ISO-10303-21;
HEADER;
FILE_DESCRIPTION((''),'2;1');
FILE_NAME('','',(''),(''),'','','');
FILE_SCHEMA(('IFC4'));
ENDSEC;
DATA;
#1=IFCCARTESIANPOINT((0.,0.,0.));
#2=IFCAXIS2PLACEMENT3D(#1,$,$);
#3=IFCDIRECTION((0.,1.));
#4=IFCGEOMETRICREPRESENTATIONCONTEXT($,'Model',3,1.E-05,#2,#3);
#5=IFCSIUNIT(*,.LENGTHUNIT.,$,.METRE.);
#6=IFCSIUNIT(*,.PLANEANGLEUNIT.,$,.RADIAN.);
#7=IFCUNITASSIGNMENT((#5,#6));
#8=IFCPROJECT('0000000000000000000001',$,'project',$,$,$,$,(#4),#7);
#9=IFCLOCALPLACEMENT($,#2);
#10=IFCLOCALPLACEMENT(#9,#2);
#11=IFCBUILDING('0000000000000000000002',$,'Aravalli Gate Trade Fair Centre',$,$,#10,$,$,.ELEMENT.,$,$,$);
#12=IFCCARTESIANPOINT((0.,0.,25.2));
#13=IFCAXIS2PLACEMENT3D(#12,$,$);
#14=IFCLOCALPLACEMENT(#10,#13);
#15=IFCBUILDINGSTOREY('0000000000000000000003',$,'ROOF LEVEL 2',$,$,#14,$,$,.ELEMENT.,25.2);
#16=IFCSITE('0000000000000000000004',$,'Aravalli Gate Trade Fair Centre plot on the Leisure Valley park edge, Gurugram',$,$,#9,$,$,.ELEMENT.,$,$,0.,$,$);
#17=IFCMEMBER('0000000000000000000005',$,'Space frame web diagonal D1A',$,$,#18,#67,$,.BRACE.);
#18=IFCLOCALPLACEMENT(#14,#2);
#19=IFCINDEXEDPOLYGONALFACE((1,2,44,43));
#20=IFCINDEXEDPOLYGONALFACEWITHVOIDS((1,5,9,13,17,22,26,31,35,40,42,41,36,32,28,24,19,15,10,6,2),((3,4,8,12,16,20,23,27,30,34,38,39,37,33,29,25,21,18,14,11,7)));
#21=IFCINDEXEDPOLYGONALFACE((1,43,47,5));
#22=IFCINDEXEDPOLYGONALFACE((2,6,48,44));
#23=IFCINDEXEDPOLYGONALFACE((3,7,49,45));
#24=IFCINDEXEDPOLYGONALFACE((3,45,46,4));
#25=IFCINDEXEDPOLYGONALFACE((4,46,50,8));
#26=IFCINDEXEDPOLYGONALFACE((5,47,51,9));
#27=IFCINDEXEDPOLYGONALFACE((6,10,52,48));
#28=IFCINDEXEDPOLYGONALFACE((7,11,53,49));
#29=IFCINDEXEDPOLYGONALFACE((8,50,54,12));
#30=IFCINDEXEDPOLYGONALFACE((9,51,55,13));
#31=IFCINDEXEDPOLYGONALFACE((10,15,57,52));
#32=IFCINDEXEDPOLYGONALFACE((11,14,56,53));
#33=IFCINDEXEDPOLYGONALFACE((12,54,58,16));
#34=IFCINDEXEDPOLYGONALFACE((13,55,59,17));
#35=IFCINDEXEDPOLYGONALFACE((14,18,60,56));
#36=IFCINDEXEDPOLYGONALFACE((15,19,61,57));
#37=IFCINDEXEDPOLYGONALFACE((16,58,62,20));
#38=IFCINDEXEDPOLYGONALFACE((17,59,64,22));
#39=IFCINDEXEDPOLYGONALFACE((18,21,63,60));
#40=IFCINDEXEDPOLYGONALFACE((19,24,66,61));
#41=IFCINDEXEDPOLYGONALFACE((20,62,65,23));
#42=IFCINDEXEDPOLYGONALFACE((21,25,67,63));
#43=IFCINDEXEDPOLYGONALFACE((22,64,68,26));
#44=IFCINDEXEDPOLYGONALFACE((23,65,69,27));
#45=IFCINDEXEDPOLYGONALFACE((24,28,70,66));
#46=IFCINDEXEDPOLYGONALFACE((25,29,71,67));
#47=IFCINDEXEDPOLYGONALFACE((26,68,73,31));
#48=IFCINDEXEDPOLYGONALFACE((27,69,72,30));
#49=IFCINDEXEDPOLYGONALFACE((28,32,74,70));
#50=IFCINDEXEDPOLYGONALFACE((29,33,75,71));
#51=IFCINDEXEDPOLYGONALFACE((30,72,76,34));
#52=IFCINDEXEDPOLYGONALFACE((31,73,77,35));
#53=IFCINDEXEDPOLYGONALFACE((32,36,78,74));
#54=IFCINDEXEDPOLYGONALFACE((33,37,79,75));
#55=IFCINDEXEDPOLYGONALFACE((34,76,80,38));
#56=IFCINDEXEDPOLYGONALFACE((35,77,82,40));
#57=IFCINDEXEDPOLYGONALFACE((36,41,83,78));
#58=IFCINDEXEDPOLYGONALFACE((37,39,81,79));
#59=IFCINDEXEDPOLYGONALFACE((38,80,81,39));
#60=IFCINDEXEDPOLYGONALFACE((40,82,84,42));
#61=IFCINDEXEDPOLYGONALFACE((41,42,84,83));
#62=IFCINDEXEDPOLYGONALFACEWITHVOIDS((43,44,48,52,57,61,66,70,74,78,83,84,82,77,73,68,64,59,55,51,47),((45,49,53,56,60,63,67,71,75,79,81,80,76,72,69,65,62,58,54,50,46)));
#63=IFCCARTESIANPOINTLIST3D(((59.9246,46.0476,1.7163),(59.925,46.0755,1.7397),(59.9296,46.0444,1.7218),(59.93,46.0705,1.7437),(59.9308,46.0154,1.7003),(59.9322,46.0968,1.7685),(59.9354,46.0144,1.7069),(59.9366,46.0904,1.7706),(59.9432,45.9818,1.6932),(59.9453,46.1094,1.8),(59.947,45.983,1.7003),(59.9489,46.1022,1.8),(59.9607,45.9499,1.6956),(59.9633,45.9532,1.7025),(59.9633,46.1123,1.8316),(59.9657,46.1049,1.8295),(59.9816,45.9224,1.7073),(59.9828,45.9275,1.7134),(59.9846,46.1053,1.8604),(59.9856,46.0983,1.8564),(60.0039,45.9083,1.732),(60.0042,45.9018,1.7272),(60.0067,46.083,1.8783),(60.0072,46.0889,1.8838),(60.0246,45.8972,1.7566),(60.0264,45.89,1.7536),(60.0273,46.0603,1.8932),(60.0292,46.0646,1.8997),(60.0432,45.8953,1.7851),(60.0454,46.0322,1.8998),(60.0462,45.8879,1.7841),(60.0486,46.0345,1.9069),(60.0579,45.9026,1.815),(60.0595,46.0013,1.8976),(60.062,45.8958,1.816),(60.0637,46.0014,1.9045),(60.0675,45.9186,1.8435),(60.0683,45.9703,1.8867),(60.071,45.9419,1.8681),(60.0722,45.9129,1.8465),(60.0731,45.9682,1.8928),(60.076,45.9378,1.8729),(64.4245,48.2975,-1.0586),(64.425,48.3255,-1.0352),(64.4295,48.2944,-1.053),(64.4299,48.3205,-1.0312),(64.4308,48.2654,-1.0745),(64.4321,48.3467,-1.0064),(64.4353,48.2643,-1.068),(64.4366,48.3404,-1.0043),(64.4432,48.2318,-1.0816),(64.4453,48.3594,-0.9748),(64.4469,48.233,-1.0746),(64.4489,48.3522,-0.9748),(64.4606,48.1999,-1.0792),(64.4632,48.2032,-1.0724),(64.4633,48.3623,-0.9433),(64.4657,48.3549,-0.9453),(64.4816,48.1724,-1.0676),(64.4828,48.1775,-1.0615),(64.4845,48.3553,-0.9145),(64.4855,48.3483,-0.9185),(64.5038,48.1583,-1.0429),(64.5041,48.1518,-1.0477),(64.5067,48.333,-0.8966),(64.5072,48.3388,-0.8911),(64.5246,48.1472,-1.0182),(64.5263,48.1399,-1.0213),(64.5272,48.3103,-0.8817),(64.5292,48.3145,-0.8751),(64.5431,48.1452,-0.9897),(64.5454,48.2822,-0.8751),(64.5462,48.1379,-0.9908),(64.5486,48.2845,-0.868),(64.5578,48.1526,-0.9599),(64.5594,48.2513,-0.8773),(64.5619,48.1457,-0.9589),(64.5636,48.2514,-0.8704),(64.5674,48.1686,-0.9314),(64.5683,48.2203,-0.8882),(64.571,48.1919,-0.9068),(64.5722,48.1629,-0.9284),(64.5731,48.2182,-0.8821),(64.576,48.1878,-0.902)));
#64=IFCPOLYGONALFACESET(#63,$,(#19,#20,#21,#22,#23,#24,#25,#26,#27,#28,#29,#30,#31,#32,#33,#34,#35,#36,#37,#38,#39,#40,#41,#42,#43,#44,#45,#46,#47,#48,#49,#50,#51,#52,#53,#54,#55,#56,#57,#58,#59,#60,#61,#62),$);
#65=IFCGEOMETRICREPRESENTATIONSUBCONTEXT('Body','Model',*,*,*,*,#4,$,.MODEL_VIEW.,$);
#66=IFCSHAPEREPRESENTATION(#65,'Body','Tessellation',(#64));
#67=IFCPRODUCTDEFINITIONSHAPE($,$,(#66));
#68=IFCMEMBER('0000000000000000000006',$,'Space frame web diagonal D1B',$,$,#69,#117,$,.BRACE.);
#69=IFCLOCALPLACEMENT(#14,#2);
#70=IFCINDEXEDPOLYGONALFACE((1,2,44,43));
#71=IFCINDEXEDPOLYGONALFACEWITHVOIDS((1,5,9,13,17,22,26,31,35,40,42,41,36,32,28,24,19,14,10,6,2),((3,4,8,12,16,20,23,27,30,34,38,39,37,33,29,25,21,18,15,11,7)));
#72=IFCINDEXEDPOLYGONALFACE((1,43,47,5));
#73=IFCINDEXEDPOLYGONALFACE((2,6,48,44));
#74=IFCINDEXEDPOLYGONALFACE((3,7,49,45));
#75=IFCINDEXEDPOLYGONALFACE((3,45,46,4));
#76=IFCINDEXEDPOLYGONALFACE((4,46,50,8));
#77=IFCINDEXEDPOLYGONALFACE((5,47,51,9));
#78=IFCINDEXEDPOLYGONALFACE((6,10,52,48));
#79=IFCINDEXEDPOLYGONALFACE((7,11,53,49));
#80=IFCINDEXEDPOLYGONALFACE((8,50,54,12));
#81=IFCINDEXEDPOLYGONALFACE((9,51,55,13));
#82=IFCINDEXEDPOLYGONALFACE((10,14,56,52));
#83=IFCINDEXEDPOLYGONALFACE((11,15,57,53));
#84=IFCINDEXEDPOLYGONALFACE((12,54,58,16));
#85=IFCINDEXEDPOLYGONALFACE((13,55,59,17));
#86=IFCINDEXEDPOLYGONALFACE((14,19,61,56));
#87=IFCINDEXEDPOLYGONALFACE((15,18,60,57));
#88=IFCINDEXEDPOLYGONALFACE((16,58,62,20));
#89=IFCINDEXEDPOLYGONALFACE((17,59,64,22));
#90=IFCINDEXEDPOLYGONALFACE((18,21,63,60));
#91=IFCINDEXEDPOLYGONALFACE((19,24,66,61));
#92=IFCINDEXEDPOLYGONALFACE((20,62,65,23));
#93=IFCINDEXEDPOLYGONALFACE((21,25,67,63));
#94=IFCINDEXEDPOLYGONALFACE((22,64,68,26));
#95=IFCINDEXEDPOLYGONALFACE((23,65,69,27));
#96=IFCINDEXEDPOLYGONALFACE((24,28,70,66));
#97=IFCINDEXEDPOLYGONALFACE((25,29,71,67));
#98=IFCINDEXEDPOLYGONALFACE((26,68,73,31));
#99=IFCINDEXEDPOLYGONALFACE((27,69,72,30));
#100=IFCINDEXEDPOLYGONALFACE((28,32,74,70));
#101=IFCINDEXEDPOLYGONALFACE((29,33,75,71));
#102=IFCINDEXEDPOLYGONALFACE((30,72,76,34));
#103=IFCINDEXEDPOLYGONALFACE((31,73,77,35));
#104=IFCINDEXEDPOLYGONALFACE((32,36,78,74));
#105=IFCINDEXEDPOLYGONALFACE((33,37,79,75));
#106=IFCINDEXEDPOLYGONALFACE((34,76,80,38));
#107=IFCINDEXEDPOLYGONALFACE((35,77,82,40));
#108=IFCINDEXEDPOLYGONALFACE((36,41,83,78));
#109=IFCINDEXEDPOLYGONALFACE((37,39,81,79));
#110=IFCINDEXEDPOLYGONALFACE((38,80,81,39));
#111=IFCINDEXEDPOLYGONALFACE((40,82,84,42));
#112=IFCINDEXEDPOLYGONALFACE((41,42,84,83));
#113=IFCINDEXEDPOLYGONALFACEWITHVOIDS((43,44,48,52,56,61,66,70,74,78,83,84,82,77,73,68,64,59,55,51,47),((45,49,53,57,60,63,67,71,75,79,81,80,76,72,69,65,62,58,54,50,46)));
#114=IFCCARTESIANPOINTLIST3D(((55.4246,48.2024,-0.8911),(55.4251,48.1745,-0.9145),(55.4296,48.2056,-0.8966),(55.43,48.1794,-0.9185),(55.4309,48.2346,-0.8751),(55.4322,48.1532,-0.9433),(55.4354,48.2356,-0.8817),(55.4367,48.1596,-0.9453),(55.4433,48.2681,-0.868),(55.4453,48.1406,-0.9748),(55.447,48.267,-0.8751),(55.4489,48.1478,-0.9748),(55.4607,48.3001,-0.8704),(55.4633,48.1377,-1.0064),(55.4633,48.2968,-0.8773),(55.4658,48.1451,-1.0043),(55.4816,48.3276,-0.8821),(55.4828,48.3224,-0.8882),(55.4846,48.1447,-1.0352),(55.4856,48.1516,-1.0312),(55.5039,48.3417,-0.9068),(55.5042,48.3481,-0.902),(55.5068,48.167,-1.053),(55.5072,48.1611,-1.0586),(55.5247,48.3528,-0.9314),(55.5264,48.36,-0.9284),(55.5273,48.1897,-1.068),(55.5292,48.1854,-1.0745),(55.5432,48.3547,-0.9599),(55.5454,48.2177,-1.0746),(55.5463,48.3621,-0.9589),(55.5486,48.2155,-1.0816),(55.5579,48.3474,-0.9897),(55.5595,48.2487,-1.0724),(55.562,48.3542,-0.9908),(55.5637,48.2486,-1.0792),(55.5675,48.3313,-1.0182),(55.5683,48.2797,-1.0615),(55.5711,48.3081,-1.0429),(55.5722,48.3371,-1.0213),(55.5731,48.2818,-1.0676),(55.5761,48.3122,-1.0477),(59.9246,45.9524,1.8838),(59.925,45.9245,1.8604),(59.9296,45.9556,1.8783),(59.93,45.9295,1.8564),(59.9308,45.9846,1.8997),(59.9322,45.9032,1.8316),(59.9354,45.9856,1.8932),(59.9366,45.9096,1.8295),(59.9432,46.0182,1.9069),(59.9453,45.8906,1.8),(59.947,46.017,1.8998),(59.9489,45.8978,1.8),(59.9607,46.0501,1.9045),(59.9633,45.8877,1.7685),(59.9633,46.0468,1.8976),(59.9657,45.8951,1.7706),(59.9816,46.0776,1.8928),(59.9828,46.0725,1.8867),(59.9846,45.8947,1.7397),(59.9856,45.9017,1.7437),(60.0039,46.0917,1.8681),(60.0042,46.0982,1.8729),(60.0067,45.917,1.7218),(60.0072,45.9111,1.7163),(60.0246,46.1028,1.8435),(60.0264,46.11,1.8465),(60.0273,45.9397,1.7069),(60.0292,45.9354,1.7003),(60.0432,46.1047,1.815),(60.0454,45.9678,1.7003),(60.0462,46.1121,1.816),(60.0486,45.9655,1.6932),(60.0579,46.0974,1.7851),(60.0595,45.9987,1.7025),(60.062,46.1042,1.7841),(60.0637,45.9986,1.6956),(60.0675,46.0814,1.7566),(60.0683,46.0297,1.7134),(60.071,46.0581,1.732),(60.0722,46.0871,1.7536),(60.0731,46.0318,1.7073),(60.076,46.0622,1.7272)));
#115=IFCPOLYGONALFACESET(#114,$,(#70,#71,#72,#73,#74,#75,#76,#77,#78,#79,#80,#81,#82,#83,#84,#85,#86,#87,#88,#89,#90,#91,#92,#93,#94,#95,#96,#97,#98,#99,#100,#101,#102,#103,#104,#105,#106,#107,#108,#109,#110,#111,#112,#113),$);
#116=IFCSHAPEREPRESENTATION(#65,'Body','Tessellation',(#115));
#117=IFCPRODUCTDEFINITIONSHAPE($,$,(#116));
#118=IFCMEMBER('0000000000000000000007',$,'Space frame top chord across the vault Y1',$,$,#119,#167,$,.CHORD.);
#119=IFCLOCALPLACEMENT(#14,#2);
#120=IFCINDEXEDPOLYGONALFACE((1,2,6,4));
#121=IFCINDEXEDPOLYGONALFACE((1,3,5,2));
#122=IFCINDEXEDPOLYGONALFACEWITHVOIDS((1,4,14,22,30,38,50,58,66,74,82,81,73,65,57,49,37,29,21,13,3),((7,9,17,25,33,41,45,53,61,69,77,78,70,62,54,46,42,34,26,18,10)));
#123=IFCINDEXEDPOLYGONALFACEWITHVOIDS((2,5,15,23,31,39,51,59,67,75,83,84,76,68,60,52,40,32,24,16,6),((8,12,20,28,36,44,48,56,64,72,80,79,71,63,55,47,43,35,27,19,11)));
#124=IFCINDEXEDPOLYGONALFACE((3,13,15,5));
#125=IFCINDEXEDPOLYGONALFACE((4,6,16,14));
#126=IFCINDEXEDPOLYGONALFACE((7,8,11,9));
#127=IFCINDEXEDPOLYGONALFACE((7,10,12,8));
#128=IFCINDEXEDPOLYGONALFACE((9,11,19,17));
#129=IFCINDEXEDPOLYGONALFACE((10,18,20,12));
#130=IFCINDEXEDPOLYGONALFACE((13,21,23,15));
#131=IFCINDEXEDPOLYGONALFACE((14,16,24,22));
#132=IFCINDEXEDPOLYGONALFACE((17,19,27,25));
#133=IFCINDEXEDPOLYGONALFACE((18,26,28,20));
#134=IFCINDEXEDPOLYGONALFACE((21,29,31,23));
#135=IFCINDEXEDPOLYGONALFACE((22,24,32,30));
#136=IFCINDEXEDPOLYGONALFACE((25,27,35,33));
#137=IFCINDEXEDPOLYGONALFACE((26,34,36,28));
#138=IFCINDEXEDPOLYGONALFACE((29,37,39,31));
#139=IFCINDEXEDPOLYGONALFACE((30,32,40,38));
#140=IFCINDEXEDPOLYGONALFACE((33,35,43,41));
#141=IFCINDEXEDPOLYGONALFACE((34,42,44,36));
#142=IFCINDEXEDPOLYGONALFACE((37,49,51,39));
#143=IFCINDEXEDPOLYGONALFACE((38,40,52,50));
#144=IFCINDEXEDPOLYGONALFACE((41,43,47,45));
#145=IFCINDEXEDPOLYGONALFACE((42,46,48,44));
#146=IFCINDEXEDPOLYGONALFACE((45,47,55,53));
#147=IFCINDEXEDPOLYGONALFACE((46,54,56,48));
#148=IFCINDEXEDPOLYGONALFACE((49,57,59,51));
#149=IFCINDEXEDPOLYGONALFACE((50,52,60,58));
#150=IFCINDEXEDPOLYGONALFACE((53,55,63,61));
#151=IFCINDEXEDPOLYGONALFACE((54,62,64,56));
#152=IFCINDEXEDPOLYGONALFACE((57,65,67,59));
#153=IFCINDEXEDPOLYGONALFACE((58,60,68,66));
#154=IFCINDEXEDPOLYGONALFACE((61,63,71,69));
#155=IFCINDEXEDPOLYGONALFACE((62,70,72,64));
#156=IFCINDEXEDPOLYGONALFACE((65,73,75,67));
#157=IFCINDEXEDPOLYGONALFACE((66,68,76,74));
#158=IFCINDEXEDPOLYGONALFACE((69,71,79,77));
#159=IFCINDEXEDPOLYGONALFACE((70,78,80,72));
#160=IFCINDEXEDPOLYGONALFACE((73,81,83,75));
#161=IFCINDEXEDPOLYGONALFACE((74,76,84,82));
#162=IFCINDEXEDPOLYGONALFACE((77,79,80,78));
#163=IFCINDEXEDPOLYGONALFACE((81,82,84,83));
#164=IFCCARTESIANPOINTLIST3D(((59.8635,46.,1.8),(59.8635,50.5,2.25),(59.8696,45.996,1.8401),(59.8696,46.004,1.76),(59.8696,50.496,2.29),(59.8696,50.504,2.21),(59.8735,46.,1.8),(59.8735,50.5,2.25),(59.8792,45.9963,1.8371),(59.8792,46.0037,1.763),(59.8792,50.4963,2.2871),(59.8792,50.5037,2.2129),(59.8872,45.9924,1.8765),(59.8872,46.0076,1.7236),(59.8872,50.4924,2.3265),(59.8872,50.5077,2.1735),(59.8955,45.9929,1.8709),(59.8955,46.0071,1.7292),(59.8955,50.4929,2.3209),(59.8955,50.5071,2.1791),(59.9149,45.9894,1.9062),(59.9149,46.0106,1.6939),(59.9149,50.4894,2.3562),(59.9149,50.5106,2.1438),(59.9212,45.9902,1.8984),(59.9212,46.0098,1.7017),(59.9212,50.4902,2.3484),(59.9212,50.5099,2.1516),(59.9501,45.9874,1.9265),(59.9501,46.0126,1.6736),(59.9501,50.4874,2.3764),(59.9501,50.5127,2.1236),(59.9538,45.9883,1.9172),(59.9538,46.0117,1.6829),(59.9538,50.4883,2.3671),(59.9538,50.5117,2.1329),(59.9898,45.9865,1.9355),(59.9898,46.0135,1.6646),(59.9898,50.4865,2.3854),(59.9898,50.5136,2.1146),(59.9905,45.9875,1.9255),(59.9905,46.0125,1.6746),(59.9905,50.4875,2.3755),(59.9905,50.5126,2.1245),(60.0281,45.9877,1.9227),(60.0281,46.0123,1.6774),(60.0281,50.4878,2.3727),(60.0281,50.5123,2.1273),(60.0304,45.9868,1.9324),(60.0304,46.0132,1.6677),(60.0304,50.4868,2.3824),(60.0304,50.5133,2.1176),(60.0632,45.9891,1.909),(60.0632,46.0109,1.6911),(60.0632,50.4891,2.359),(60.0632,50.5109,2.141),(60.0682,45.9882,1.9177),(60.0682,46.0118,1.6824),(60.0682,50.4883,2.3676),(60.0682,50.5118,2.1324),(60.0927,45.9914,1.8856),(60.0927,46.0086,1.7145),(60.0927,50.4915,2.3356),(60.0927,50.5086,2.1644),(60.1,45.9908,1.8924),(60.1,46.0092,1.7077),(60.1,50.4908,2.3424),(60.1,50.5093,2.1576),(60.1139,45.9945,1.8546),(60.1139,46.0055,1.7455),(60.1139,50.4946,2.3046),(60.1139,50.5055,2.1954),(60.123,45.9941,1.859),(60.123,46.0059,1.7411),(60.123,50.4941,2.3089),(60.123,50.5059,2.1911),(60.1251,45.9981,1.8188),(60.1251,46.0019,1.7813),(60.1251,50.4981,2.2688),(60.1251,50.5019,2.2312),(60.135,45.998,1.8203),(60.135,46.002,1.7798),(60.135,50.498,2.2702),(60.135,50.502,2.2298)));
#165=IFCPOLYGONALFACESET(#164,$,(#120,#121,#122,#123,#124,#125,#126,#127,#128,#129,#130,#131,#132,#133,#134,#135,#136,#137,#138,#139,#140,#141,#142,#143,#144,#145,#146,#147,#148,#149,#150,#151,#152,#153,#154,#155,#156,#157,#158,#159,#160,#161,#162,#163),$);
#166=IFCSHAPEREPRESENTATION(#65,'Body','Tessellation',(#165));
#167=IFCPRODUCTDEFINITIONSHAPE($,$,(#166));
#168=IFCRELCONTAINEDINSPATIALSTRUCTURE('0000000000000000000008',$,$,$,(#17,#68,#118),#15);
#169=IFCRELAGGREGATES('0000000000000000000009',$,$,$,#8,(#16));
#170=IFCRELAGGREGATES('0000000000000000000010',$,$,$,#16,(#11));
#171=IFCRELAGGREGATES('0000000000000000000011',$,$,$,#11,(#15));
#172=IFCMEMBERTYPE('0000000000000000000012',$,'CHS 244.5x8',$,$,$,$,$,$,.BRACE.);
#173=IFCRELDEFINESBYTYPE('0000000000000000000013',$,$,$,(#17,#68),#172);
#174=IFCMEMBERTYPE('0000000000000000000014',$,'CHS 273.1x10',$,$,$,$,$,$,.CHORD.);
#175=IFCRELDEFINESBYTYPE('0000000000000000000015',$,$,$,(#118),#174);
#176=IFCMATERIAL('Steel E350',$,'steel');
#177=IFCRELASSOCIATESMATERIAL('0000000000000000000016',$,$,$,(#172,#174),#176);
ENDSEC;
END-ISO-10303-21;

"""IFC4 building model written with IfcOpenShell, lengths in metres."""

from ifc_helpers import new_model, si_unit, direction, frame, origin, origin_2d, place, context, subcontext, project, spatial, hollow_circle, extrude, material, material_profile, profile_set, type_object, element, save


model = new_model("IFC4")

# Units and contexts
model_context = context("Model", 3, precision=1e-05, world=origin(), true_north=direction((0.0, 1.0)))
body_context = subcontext(model_context, "Body", "Model", "MODEL_VIEW")
ifc_project = project(units=[si_unit("LENGTHUNIT", "METRE"), si_unit("PLANEANGLEUNIT", "RADIAN")], contexts=[model_context])

# Site, building, storey
site_placement = place(None, origin())
site = spatial("IfcSite", under=ifc_project, at=site_placement, Name="Aravalli Gate Trade Fair Centre plot on the Leisure Valley park edge, Gurugram", CompositionType="ELEMENT", RefElevation=0.0)
building_placement = place(site_placement, origin())
building = spatial("IfcBuilding", under=site, at=building_placement, Name="Aravalli Gate Trade Fair Centre", CompositionType="ELEMENT")
storey_placement = place(building_placement, frame((0.0, 0.0, 25.2)))
storey = spatial("IfcBuildingStorey", under=building, at=storey_placement, Name="ROOF LEVEL 2", CompositionType="ELEMENT", Elevation=25.2)

# Members
ifc_material_1 = material(Name="Steel E350", Category="steel")
ifc_material_profile_1 = material_profile(ifc_material_1, hollow_circle(Radius=0.1223, WallThickness=0.0081, at=origin_2d()), Name="CHS 244.5x8")
ifc_profile_set_1 = profile_set([ifc_material_profile_1], Name="Steel E350")
member_type_1 = type_object("IfcMemberType", Name="CHS 244.5x8", PredefinedType="BRACE", material=ifc_profile_set_1)
for number, where, z_axis, x_axis, name in (
    (1, (60.0, 46.0, 1.8), (0.7832, 0.3916, -0.482956), (-0.447214, 0.894427, 0.0), "Space frame web diagonal D1A"),
    (2, (60.0, 46.0, 1.8), (-0.7832, 0.3916, -0.482956), (-0.447214, -0.894427, 0.0), "Space frame web diagonal D1B"),
):
    element("IfcMember", number, at=place(storey_placement, frame(where, z_axis=z_axis, x_axis=x_axis)), inside=storey, type_object=member_type_1, Name=name, PredefinedType="BRACE", context=body_context, shape_type="SweptSolid", body=[
        extrude(hollow_circle(Radius=0.1223, WallThickness=0.0081, at=origin_2d()), origin(), (0.0, 0.0, 1.0), 5.7456),
    ])
ifc_material_profile_2 = material_profile(ifc_material_1, hollow_circle(Radius=0.1365, WallThickness=0.01, at=origin_2d()), Name="CHS 273.1x10")
ifc_profile_set_2 = profile_set([ifc_material_profile_2], Name="Steel E350")
member_type_2 = type_object("IfcMemberType", Name="CHS 273.1x10", PredefinedType="CHORD", material=ifc_profile_set_2)
member_1_placement = place(storey_placement, frame((60.0, 46.0, 1.8), z_axis=(0.0, 0.995038, 0.099493), x_axis=(-1.0, 0.0, 0.0)))
element("IfcMember", 3, at=member_1_placement, inside=storey, type_object=member_type_2, Name="Space frame top chord across the vault Y1", PredefinedType="CHORD", context=body_context, shape_type="SweptSolid", body=[
    extrude(hollow_circle(Radius=0.1365, WallThickness=0.01, at=origin_2d()), origin(), (0.0, 0.0, 1.0), 4.5225),
])

save(model, "model.ifc")
